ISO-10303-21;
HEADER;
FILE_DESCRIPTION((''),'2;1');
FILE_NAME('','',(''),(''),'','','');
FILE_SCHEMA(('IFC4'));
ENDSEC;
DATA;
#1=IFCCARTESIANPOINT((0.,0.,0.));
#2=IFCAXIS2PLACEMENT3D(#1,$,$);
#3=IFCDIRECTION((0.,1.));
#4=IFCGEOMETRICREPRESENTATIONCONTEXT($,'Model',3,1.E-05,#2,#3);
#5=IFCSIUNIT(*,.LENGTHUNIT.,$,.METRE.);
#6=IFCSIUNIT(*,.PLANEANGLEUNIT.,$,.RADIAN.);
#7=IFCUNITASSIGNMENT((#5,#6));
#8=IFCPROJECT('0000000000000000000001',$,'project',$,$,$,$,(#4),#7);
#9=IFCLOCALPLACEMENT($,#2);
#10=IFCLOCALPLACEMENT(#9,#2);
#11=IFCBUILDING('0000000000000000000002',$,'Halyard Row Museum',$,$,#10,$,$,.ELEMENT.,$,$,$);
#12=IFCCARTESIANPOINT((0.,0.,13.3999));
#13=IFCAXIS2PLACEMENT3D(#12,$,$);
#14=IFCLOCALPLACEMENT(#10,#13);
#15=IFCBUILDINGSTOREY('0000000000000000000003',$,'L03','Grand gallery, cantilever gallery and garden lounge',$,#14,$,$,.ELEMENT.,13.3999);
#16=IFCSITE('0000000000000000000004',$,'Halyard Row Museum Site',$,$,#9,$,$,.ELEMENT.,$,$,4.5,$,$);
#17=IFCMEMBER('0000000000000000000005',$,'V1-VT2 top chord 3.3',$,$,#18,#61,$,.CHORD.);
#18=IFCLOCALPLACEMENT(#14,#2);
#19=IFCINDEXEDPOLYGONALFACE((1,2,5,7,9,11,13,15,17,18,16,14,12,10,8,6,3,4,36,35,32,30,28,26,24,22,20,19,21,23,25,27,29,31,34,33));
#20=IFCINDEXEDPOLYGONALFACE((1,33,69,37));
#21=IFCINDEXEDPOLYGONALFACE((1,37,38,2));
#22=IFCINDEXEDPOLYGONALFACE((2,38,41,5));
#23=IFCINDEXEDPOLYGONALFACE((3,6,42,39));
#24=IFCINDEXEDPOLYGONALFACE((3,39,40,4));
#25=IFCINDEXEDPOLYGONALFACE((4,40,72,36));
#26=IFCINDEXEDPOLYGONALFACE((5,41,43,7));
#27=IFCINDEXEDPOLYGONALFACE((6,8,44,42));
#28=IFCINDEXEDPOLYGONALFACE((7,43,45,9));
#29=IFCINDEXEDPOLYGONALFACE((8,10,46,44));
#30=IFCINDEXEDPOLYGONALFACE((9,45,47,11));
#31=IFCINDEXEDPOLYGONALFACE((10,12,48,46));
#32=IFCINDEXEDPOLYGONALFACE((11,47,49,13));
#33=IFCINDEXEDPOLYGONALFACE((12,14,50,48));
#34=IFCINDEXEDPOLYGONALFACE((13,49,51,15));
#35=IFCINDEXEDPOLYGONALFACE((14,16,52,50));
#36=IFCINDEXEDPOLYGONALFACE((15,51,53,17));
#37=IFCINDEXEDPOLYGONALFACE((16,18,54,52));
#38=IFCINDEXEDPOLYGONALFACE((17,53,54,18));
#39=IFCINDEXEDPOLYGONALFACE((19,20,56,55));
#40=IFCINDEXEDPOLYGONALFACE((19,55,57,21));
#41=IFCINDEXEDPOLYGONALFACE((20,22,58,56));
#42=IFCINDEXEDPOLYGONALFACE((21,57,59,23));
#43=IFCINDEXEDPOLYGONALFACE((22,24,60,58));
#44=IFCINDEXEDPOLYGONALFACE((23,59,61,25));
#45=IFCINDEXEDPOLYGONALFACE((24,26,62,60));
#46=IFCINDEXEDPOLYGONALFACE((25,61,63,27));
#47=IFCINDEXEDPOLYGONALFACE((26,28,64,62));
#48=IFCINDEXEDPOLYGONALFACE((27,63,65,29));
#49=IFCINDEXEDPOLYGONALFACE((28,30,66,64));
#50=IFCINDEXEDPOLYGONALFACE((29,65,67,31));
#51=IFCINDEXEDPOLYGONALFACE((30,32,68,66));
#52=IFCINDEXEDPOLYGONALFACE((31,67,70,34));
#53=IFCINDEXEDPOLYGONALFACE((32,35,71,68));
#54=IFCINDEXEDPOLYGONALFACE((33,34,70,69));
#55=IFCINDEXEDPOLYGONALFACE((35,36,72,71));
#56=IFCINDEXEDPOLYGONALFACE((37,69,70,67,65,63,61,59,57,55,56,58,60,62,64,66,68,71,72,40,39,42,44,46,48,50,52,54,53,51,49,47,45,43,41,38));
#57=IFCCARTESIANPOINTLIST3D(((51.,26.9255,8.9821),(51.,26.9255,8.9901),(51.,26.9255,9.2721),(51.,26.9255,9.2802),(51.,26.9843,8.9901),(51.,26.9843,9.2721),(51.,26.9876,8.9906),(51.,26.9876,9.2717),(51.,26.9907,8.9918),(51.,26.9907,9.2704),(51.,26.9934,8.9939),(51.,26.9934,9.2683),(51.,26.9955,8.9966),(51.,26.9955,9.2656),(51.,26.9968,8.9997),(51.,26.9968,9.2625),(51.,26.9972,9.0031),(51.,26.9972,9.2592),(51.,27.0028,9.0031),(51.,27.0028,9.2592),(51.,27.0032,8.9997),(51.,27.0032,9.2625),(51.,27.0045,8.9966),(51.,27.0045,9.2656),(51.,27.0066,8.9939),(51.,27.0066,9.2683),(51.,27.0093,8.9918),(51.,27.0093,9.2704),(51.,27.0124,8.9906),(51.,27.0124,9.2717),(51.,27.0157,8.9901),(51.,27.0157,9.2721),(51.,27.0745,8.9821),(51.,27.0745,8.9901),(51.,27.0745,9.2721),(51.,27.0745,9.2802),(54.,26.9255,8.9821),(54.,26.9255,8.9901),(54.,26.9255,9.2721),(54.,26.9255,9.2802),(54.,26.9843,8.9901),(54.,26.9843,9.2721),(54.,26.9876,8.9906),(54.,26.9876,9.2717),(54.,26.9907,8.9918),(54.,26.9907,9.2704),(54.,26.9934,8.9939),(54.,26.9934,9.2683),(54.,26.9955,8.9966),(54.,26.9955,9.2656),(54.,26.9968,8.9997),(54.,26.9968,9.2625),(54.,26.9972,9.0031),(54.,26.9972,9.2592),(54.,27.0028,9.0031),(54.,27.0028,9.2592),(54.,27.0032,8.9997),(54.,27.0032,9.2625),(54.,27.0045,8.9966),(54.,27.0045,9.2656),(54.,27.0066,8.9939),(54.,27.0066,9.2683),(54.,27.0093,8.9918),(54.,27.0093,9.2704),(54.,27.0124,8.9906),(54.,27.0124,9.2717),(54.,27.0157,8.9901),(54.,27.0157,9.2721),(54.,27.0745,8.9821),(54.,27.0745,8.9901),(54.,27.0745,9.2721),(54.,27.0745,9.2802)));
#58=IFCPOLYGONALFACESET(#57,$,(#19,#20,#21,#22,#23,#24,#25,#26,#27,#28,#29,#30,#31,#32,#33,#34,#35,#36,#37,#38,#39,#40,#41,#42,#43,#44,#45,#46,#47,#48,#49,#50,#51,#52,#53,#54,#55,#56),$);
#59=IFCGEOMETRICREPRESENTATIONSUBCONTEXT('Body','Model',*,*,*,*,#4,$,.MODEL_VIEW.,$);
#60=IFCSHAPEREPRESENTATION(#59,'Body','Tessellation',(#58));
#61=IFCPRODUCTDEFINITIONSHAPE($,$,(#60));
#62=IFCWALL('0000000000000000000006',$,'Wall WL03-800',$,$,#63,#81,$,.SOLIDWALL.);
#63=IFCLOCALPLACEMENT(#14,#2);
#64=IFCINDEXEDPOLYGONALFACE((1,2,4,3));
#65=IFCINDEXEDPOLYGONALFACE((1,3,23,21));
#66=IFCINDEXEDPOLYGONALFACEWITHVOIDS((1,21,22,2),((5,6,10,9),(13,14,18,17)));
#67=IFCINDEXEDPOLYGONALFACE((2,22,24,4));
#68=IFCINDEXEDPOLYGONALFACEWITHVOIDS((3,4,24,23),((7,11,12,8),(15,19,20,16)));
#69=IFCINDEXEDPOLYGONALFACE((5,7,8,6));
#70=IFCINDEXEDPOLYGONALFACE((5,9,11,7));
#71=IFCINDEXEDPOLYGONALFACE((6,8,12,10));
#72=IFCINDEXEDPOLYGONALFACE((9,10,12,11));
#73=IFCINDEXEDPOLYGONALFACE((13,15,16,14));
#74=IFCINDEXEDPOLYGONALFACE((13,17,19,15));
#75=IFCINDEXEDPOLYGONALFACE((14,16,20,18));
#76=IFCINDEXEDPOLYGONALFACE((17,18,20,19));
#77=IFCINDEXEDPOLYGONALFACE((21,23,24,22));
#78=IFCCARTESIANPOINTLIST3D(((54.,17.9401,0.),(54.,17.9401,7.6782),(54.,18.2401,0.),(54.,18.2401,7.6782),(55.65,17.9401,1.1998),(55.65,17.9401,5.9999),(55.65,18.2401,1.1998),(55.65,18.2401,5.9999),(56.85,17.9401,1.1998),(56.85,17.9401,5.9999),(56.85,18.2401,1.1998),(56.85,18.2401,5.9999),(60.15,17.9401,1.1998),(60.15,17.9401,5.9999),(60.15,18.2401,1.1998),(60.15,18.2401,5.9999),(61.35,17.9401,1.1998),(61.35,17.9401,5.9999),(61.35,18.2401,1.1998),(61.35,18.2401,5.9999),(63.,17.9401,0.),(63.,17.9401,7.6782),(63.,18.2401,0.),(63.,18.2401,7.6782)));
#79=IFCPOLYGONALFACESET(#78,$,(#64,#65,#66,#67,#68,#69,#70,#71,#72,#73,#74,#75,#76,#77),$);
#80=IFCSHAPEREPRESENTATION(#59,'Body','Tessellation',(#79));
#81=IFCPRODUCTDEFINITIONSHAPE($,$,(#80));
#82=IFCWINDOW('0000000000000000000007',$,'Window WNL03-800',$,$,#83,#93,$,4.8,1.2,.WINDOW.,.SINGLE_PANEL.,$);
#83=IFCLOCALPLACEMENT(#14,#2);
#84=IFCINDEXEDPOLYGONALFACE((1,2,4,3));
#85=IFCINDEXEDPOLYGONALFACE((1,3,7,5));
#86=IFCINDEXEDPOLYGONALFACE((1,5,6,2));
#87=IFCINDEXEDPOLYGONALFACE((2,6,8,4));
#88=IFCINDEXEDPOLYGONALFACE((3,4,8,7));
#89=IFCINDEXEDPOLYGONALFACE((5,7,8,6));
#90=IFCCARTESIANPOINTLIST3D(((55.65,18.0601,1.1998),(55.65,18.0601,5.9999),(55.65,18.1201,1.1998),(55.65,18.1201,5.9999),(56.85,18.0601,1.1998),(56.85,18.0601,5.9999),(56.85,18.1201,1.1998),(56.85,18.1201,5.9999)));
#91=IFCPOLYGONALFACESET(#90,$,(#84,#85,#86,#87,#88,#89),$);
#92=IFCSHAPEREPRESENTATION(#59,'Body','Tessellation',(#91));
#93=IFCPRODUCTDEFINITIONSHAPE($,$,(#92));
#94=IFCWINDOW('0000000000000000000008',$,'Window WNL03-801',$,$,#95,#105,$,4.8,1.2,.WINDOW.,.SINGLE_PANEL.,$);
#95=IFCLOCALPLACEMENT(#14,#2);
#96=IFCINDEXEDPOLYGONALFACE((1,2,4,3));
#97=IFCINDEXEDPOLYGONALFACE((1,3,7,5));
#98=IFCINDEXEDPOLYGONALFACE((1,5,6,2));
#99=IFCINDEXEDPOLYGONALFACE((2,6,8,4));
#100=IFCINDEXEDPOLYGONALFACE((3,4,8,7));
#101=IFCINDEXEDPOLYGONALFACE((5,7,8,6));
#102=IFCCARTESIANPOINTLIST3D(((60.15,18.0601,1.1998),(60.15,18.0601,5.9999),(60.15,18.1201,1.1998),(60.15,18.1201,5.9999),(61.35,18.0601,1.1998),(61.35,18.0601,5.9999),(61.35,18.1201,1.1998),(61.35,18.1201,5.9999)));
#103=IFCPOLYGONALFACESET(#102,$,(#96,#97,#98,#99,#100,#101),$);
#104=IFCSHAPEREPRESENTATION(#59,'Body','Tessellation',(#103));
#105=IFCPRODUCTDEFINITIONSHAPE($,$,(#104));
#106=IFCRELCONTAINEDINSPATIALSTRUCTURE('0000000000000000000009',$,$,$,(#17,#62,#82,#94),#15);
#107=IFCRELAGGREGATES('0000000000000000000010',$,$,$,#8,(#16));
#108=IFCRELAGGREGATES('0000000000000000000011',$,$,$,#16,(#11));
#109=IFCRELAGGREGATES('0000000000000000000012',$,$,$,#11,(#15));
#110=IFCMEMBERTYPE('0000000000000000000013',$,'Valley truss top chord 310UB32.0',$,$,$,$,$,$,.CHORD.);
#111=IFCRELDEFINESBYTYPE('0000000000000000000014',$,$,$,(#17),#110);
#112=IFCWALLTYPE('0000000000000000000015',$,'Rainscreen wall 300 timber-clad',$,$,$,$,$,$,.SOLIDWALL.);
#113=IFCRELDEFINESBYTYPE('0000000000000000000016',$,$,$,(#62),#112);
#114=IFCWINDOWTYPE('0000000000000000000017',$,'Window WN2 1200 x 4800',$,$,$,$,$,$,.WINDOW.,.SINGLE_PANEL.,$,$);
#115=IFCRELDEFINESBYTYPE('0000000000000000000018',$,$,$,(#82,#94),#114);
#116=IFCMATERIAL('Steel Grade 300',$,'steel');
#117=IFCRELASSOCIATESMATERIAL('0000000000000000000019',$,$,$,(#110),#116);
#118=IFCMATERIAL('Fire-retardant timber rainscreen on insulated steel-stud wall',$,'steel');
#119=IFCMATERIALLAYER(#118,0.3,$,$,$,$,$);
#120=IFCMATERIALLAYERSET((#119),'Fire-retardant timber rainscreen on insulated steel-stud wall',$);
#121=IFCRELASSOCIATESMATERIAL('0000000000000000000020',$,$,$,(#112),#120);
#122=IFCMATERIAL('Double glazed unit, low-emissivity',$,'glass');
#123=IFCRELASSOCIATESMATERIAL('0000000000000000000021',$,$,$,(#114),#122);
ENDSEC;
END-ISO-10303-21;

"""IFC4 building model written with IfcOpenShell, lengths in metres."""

from ifc_helpers import new_model, si_unit, direction, frame, frame_2d, origin, origin_2d, place, context, subcontext, project, spatial, rectangle, i_section, extrude, material, layer, layer_set, material_profile, profile_set, type_object, element, fill, save


model = new_model("IFC4")

# Units and contexts
model_context = context("Model", 3, precision=1e-05, world=origin(), true_north=direction((0.0, 1.0)))
body_context = subcontext(model_context, "Body", "Model", "MODEL_VIEW")
ifc_project = project(units=[si_unit("LENGTHUNIT", "METRE"), si_unit("PLANEANGLEUNIT", "RADIAN")], contexts=[model_context])

# Site, building, storey
site_placement = place(None, origin())
site = spatial("IfcSite", under=ifc_project, at=site_placement, Name="Halyard Row Museum Site", CompositionType="ELEMENT", RefElevation=4.5)
building_placement = place(site_placement, origin())
building = spatial("IfcBuilding", under=site, at=building_placement, Name="Halyard Row Museum", CompositionType="ELEMENT")
storey_placement = place(building_placement, frame((0.0, 0.0, 13.3999)))
storey = spatial("IfcBuildingStorey", under=building, at=storey_placement, Name="L03", Description="Grand gallery, cantilever gallery and garden lounge", CompositionType="ELEMENT", Elevation=13.3999)

# Member
ifc_material_1 = material(Name="Steel Grade 300", Category="steel")
ifc_material_profile_1 = material_profile(ifc_material_1, i_section(OverallWidth=0.1489, OverallDepth=0.2981, WebThickness=0.0056, FlangeThickness=0.0081, FilletRadius=0.0129, at=origin_2d()), Name="310UB32.0")
ifc_profile_set_1 = profile_set([ifc_material_profile_1], Name="Steel Grade 300")
member_type_1 = type_object("IfcMemberType", Name="Valley truss top chord 310UB32.0", PredefinedType="CHORD", material=ifc_profile_set_1)
for number, where, z_axis, x_axis, name in (
    (1, (51.0, 27.0, 9.1311), (1.0, 0.0, 0.0), (0.0, 1.0, 0.0), "V1-VT2 top chord 3.3"),
):
    element("IfcMember", number, at=place(storey_placement, frame(where, z_axis=z_axis, x_axis=x_axis)), inside=storey, type_object=member_type_1, Name=name, PredefinedType="CHORD", context=body_context, shape_type="SweptSolid", body=[
        extrude(i_section(OverallWidth=0.1489, OverallDepth=0.2981, WebThickness=0.0056, FlangeThickness=0.0081, FilletRadius=0.0129, at=origin_2d()), origin(), (0.0, 0.0, 1.0), 3.0),
    ])

# Wall, openings, windows
ifc_material_2 = material(Name="Fire-retardant timber rainscreen on insulated steel-stud wall", Category="steel")
ifc_layer = layer(ifc_material_2, 0.3)
ifc_layer_set = layer_set([ifc_layer], Name="Fire-retardant timber rainscreen on insulated steel-stud wall")
wall_type = type_object("IfcWallType", Name="Rainscreen wall 300 timber-clad", PredefinedType="SOLIDWALL", material=ifc_layer_set)
wall_placement = place(storey_placement, frame((54.0, 18.0901, 0.0), z_axis=(0.0, 0.0, 1.0), x_axis=(1.0, 0.0, 0.0)))
wall = element("IfcWall", 2, at=wall_placement, inside=storey, type_object=wall_type, Name="Wall WL03-800", PredefinedType="SOLIDWALL", context=body_context, shape_type="SweptSolid", body=[
    extrude(rectangle(XDim=9.0, YDim=0.3, at=frame_2d((4.5, 0.0))), origin(), (0.0, 0.0, 1.0), 7.6782),
])
opening_1_placement = place(wall_placement, frame((1.6499, 0.0, 1.2)))
opening_1 = element("IfcOpeningElement", 3, at=opening_1_placement, cuts=wall, PredefinedType="OPENING", context=body_context, shape_type="SweptSolid", body=[
    extrude(rectangle(XDim=1.2, YDim=4.8, at=frame_2d((0.6001, 2.3999))), frame((0.0, 0.1599, 0.0), z_axis=(0.0, -1.0, 0.0), x_axis=(1.0, 0.0, 0.0)), (0.0, 0.0, 1.0), 0.3201),
])
opening_2_placement = place(wall_placement, frame((6.1499, 0.0, 1.2)))
opening_2 = element("IfcOpeningElement", 4, at=opening_2_placement, cuts=wall, PredefinedType="OPENING", context=body_context, shape_type="SweptSolid", body=[
    extrude(rectangle(XDim=1.2, YDim=4.8, at=frame_2d((0.6001, 2.3999))), frame((0.0, 0.1599, 0.0), z_axis=(0.0, -1.0, 0.0), x_axis=(1.0, 0.0, 0.0)), (0.0, 0.0, 1.0), 0.3201),
])
ifc_material_3 = material(Name="Double glazed unit, low-emissivity", Category="glass")
window_type = type_object("IfcWindowType", Name="Window WN2 1200 x 4800", PartitioningType="SINGLE_PANEL", PredefinedType="WINDOW", material=ifc_material_3)
window_1_placement = place(opening_1_placement, origin())
window_1 = element("IfcWindow", 5, at=window_1_placement, inside=storey, type_object=window_type, Name="Window WNL03-800", OverallHeight=4.8, OverallWidth=1.2, PartitioningType="SINGLE_PANEL", PredefinedType="WINDOW", context=body_context, shape_type="SweptSolid", body=[
    extrude(rectangle(XDim=1.2, YDim=4.8, at=frame_2d((0.6001, 2.3999))), frame((0.0, 0.03, 0.0), z_axis=(0.0, -1.0, 0.0), x_axis=(1.0, 0.0, 0.0)), (0.0, 0.0, 1.0), 0.0601),
])
fill(opening_1, window_1)
window_2_placement = place(opening_2_placement, origin())
window_2 = element("IfcWindow", 6, at=window_2_placement, inside=storey, type_object=window_type, Name="Window WNL03-801", OverallHeight=4.8, OverallWidth=1.2, PartitioningType="SINGLE_PANEL", PredefinedType="WINDOW", context=body_context, shape_type="SweptSolid", body=[
    extrude(rectangle(XDim=1.2, YDim=4.8, at=frame_2d((0.6001, 2.3999))), frame((0.0, 0.03, 0.0), z_axis=(0.0, -1.0, 0.0), x_axis=(1.0, 0.0, 0.0)), (0.0, 0.0, 1.0), 0.0601),
])
fill(opening_2, window_2)

save(model, "model.ifc")
